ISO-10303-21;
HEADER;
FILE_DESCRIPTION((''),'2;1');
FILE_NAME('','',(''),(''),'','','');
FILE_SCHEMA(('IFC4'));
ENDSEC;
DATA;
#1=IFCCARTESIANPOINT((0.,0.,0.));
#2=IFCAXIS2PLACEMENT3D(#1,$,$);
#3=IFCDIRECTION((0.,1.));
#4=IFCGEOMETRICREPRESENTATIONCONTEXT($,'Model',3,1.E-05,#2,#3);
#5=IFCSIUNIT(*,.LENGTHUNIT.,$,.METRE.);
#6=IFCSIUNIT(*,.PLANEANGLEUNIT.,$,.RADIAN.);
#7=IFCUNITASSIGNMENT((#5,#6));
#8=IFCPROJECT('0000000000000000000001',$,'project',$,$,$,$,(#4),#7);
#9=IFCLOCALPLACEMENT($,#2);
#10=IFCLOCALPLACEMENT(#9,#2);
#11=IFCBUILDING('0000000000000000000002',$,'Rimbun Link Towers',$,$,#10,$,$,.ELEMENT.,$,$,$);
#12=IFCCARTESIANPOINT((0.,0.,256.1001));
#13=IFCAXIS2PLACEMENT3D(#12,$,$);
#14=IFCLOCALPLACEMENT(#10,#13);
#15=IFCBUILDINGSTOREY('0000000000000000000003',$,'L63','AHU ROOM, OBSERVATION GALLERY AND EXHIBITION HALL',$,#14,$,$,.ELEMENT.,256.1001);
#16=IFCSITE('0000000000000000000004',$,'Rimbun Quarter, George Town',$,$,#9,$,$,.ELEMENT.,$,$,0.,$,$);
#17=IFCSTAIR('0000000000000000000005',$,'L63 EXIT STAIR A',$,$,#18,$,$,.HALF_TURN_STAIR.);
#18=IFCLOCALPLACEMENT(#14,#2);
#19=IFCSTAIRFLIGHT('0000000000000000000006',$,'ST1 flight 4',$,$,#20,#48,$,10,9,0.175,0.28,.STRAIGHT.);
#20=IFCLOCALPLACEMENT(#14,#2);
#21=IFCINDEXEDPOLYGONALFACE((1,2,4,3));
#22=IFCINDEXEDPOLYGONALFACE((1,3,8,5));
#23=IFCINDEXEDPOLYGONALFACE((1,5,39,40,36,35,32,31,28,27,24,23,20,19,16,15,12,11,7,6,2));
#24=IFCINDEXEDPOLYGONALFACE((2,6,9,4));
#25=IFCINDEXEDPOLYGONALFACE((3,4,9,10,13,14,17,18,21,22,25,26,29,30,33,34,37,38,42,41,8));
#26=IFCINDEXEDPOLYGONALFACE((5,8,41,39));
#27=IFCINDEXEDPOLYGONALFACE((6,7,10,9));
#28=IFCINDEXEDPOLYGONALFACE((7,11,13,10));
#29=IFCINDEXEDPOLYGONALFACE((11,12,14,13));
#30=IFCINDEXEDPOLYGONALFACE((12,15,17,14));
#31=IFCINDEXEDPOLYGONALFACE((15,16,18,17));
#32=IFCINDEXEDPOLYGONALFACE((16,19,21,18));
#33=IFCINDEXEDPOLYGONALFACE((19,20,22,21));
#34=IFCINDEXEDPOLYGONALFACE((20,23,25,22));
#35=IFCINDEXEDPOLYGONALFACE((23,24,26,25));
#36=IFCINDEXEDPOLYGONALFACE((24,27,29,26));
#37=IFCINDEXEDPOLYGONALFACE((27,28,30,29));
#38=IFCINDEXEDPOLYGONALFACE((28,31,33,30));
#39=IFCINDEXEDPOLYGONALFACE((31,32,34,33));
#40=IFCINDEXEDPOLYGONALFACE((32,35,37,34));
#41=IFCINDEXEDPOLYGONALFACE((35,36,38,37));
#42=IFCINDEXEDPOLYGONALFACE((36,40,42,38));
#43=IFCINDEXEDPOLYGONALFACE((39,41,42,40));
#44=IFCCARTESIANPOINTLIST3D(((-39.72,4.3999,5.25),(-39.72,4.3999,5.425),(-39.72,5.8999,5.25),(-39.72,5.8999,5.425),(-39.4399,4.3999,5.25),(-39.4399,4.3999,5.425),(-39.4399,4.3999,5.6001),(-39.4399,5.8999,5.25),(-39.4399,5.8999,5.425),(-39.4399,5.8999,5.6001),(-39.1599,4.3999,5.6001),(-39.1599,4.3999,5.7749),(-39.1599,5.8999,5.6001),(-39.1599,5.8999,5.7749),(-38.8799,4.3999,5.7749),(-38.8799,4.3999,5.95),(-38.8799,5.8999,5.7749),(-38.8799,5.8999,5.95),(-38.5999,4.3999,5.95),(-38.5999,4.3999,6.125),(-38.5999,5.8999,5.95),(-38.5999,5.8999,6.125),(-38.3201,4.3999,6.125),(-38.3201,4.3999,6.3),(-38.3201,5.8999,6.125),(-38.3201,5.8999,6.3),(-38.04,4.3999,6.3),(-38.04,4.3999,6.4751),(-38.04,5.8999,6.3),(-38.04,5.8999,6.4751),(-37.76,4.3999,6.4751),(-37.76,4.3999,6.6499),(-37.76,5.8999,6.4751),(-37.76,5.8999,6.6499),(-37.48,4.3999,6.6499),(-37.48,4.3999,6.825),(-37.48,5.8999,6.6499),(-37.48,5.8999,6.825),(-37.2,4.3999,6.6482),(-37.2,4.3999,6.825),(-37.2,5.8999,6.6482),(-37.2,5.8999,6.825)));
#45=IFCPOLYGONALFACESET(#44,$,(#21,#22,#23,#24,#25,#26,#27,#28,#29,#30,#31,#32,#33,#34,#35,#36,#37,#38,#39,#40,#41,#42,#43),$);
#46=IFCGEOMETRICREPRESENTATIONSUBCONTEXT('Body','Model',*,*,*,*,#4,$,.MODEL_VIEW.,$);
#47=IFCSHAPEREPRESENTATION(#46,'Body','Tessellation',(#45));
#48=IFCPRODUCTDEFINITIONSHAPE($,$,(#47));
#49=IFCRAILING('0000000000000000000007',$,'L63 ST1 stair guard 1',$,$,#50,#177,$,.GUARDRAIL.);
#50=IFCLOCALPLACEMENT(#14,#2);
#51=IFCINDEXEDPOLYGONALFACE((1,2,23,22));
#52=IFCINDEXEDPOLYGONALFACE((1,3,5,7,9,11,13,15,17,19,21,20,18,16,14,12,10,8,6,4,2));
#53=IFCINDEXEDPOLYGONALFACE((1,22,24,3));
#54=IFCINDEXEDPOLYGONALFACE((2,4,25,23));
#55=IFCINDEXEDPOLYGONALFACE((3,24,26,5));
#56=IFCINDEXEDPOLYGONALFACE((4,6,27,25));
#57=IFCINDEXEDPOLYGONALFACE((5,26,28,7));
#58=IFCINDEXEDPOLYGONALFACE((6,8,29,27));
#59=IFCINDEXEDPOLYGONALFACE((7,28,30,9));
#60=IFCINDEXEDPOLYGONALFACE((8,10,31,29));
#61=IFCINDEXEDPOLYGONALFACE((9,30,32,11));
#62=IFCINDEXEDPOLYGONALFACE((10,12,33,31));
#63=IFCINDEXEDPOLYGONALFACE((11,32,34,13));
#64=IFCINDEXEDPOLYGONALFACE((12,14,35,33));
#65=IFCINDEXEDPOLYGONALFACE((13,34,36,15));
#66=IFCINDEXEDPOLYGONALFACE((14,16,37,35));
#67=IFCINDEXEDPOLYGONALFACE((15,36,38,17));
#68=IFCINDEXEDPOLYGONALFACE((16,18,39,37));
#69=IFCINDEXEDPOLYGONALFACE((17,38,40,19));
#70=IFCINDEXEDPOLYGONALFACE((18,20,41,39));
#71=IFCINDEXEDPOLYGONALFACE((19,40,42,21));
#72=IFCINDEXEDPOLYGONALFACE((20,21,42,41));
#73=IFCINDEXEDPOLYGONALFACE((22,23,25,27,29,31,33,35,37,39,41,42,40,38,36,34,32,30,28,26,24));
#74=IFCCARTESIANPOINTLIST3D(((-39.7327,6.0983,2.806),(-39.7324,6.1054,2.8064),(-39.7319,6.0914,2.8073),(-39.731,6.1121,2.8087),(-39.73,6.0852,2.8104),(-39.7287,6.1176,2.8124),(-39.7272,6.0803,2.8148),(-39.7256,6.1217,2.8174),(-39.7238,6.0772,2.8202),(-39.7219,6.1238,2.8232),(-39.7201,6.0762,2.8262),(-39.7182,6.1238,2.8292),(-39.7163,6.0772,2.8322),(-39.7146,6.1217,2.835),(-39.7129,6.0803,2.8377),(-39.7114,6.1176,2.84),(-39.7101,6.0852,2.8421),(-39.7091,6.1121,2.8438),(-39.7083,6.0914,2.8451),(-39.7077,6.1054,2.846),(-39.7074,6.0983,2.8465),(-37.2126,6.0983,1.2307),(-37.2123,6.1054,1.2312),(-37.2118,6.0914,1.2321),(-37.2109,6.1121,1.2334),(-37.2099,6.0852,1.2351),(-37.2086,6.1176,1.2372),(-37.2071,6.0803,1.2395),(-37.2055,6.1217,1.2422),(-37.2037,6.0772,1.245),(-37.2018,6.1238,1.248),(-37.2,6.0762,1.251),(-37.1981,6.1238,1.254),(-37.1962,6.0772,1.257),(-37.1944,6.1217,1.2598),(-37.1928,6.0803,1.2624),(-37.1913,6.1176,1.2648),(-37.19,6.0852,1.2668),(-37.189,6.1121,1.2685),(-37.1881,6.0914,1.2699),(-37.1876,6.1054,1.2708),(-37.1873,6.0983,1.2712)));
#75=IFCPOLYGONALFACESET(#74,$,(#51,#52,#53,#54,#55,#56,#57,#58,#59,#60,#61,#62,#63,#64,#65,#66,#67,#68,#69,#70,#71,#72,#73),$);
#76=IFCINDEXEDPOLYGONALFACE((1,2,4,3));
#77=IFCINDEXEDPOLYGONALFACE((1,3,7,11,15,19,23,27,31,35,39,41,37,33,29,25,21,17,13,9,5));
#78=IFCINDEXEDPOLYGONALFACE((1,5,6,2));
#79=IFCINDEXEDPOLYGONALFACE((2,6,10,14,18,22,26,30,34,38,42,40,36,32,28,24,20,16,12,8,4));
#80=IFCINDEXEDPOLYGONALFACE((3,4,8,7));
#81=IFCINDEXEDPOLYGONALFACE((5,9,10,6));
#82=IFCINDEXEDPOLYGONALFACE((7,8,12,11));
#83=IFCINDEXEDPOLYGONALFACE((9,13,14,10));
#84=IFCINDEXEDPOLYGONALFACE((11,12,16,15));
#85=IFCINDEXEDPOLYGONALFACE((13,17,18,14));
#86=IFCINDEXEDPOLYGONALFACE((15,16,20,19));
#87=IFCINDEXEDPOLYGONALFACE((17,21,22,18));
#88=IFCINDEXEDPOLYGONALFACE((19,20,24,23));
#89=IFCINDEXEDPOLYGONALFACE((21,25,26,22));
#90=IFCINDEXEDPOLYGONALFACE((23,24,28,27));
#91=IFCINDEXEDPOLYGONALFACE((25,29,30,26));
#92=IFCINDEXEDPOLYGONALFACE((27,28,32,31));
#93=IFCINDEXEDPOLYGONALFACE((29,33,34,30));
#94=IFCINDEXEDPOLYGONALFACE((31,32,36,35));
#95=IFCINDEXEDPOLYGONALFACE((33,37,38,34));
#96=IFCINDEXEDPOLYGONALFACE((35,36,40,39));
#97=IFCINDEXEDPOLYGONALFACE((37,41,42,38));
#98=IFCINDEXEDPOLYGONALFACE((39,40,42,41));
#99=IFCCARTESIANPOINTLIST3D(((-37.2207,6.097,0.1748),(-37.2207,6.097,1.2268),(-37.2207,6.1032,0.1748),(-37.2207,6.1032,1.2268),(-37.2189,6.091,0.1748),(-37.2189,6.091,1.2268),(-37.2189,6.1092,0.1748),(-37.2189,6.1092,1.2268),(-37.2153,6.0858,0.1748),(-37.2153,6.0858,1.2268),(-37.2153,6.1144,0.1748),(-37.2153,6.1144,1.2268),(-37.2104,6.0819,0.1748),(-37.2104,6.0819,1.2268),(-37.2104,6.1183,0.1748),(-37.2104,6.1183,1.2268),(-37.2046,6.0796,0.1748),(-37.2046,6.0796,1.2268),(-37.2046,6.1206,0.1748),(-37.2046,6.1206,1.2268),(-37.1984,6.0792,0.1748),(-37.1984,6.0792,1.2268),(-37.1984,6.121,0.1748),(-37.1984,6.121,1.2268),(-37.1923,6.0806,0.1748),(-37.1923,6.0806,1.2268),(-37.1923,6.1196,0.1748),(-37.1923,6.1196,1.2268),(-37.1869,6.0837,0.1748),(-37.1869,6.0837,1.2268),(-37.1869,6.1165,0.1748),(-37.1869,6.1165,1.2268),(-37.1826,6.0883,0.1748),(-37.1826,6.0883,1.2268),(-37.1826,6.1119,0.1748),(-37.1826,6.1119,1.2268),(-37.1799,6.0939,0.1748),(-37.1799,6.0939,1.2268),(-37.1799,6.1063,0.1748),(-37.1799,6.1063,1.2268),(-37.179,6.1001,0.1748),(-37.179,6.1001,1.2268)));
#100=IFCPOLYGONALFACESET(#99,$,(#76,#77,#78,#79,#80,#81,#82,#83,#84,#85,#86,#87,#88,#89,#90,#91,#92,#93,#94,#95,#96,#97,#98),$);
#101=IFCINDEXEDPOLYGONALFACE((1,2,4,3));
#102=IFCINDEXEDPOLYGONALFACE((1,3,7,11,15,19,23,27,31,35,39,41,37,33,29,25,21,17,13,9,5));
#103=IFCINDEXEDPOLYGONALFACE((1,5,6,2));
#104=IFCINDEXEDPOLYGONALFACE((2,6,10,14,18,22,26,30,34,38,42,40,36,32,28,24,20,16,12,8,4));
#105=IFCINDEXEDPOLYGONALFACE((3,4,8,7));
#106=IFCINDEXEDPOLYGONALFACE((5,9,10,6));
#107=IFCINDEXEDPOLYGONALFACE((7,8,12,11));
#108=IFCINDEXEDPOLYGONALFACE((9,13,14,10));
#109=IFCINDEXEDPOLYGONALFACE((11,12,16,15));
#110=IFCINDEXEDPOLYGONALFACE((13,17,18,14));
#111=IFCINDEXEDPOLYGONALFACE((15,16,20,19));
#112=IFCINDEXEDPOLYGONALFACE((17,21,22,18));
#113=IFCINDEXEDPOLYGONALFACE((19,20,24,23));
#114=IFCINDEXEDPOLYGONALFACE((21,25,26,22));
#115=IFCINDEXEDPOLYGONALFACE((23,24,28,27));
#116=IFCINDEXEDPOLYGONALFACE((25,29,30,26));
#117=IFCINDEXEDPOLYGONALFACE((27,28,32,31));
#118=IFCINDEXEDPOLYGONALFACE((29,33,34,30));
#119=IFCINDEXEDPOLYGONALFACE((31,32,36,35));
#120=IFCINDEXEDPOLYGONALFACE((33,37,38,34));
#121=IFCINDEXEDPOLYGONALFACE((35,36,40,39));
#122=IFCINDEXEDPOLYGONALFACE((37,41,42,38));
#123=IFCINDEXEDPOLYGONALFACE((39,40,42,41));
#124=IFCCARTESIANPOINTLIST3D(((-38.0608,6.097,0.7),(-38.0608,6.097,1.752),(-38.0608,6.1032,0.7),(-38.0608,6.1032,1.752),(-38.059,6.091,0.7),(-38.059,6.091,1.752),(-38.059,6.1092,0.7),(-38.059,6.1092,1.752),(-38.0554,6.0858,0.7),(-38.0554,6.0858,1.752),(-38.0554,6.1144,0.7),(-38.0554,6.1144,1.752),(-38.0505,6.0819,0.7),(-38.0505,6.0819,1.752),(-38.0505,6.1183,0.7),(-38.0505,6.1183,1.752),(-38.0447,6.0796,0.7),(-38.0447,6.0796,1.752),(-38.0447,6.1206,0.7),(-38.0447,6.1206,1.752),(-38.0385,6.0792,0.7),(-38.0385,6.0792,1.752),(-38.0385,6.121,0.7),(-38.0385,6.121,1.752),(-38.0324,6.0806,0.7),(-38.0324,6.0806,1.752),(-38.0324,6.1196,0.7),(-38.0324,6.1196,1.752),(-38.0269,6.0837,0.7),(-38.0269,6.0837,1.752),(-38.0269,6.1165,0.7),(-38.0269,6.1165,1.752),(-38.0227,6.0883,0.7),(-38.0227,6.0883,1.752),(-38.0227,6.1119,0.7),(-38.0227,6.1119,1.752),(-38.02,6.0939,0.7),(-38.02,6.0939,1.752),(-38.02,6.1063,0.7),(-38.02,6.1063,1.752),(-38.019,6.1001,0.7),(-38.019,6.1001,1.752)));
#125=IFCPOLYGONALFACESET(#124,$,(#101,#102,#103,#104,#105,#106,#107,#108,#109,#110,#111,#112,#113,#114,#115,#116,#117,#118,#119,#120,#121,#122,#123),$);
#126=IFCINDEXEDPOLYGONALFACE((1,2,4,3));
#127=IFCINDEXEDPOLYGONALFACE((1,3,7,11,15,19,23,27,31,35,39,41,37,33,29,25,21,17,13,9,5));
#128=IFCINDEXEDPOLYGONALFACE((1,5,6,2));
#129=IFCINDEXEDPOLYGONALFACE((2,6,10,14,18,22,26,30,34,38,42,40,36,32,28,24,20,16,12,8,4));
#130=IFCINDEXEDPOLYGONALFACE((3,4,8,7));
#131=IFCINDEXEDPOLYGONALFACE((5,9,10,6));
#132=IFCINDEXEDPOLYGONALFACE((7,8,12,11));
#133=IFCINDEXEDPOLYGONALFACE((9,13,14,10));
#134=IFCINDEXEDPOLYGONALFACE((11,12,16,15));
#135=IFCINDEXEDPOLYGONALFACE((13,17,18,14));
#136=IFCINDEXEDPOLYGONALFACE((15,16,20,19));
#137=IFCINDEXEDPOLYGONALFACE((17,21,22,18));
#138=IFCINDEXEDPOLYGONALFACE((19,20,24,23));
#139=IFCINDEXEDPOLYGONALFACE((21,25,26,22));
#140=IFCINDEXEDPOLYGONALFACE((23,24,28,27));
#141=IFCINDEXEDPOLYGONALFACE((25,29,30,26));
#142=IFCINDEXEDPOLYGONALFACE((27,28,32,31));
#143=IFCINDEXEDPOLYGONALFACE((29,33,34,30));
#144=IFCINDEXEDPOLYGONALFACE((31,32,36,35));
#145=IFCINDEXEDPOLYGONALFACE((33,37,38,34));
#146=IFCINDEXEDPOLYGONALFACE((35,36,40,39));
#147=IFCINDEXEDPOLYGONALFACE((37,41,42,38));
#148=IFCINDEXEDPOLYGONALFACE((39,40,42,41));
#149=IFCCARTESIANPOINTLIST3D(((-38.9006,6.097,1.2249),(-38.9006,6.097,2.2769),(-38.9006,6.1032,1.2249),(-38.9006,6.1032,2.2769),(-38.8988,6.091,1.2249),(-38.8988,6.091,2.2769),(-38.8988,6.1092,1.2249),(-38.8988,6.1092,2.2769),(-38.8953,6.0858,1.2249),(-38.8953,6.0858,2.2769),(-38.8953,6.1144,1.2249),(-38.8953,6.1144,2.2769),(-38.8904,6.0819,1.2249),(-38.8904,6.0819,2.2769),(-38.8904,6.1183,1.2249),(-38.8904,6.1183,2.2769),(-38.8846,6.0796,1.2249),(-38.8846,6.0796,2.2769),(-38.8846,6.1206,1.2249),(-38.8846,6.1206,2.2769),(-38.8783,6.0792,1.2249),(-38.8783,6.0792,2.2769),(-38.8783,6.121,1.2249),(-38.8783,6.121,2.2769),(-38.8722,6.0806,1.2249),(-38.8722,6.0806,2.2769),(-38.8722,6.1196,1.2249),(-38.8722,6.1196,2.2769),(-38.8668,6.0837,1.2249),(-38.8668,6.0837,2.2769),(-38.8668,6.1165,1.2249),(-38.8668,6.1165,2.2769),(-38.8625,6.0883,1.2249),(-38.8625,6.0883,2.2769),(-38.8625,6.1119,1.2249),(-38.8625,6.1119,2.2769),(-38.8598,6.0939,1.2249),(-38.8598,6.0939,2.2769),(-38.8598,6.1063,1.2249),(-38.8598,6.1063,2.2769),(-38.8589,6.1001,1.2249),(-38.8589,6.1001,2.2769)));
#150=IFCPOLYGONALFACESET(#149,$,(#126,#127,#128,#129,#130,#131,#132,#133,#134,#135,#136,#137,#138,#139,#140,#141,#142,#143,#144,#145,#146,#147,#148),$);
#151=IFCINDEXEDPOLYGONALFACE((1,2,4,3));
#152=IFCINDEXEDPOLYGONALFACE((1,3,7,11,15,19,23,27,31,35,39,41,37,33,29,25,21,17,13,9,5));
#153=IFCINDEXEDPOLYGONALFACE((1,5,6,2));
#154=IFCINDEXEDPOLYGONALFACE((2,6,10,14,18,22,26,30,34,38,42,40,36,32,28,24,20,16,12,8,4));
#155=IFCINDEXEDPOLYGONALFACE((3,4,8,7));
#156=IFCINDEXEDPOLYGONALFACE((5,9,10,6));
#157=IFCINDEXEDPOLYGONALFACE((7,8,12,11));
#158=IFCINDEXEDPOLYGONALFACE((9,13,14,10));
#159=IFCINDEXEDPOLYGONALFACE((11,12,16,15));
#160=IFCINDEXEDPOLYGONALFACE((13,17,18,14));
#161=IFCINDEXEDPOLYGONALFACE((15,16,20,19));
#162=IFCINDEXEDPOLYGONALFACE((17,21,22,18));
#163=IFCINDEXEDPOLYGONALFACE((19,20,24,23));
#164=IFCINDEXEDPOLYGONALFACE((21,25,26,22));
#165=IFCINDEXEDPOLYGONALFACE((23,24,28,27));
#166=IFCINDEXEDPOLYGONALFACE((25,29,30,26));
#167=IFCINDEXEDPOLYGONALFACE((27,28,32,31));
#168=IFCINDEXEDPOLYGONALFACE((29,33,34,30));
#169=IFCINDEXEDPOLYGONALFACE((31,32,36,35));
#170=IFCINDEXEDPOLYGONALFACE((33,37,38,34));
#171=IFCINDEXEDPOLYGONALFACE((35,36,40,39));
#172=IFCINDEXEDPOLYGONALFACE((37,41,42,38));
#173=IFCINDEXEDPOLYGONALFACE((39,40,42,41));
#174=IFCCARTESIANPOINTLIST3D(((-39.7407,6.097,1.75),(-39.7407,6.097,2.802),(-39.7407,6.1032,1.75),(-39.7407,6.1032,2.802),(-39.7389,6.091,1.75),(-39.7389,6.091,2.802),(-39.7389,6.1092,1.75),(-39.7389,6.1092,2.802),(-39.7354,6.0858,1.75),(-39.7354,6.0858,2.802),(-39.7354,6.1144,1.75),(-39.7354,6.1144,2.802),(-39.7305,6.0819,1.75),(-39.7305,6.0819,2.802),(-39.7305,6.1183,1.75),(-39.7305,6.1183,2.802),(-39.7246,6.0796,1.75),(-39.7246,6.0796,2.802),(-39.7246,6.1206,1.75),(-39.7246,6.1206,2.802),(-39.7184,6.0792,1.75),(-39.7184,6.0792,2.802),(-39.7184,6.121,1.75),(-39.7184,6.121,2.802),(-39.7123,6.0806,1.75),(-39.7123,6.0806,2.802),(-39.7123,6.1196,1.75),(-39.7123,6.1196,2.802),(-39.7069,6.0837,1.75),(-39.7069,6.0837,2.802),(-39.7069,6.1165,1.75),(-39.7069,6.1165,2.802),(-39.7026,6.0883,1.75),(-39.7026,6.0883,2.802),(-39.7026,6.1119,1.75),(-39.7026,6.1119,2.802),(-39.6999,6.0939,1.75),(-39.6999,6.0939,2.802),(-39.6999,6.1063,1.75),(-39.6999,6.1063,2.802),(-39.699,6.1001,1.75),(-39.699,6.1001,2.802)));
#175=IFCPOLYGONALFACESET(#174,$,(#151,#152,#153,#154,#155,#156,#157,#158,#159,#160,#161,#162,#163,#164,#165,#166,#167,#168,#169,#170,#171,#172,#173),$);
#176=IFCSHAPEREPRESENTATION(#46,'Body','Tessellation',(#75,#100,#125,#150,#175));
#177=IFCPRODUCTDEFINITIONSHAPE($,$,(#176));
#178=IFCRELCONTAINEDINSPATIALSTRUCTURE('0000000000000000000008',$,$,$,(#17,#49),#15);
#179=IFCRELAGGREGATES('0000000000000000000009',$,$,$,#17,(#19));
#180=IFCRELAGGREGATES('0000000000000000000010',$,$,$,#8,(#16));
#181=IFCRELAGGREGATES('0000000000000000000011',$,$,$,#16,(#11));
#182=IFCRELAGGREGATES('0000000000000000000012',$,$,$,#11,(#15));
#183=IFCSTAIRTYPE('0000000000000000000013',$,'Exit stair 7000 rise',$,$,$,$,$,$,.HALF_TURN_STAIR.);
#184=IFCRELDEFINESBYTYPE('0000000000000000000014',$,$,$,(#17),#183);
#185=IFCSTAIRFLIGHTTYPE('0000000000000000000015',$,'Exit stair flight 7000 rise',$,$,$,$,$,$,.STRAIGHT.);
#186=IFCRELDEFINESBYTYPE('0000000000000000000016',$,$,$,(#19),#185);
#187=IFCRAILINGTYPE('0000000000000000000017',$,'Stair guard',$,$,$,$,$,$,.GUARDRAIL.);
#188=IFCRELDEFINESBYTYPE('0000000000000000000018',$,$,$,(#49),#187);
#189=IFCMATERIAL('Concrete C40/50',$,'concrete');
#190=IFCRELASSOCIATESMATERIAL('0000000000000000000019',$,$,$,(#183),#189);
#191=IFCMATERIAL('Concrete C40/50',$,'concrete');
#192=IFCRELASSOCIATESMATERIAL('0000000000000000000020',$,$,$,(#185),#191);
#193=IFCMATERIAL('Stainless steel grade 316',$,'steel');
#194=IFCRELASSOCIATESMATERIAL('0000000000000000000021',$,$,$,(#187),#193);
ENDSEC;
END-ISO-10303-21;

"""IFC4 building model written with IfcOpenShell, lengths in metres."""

from ifc_helpers import new_model, si_unit, direction, frame, origin, origin_2d, place, context, subcontext, project, spatial, polyline, circle, outline, extrude, material, type_object, element, aggregate, save


model = new_model("IFC4")

# Units and contexts
model_context = context("Model", 3, precision=1e-05, world=origin(), true_north=direction((0.0, 1.0)))
body_context = subcontext(model_context, "Body", "Model", "MODEL_VIEW")
ifc_project = project(units=[si_unit("LENGTHUNIT", "METRE"), si_unit("PLANEANGLEUNIT", "RADIAN")], contexts=[model_context])

# Site, building, storey
site_placement = place(None, origin())
site = spatial("IfcSite", under=ifc_project, at=site_placement, Name="Rimbun Quarter, George Town", CompositionType="ELEMENT", RefElevation=0.0)
building_placement = place(site_placement, origin())
building = spatial("IfcBuilding", under=site, at=building_placement, Name="Rimbun Link Towers", CompositionType="ELEMENT")
storey_placement = place(building_placement, frame((0.0, 0.0, 256.1001)))
storey = spatial("IfcBuildingStorey", under=building, at=storey_placement, Name="L63", Description="AHU ROOM, OBSERVATION GALLERY AND EXHIBITION HALL", CompositionType="ELEMENT", Elevation=256.1001)

# Stair, stair flight
ifc_material_1 = material(Name="Concrete C40/50", Category="concrete")
stair_type = type_object("IfcStairType", Name="Exit stair 7000 rise", PredefinedType="HALF_TURN_STAIR", material=ifc_material_1)
stair_placement = place(storey_placement, origin())
stair = element("IfcStair", 1, at=stair_placement, inside=storey, type_object=stair_type, Name="L63 EXIT STAIR A", PredefinedType="HALF_TURN_STAIR")
ifc_material_2 = material(Name="Concrete C40/50", Category="concrete")
stair_flight_type = type_object("IfcStairFlightType", Name="Exit stair flight 7000 rise", PredefinedType="STRAIGHT", material=ifc_material_2)
stair_flight_1_placement = place(storey_placement, frame((-39.72, 5.1499, 5.25), z_axis=(0.0, 0.0, 1.0), x_axis=(1.0, 0.0, 0.0)))
stair_flight_1 = element("IfcStairFlight", 2, at=stair_flight_1_placement, type_object=stair_flight_type, Name="ST1 flight 4", NumberOfRisers=10, NumberOfTreads=9, PredefinedType="STRAIGHT", RiserHeight=0.175, TreadLength=0.28, context=body_context, shape_type="SweptSolid", body=[
    extrude(outline(polyline([(0.0, 0.0), (0.0, 0.175), (0.28, 0.175), (0.28, 0.3501), (0.5601, 0.3501), (0.5601, 0.5249), (0.8401, 0.5249), (0.8401, 0.7), (1.1201, 0.7), (1.1201, 0.875), (1.3999, 0.875), (1.3999, 1.05), (1.6799, 1.05), (1.6799, 1.2251), (1.96, 1.2251), (1.96, 1.3999), (2.24, 1.3999), (2.24, 1.575), (2.52, 1.575), (2.52, 1.75), (2.52, 1.3982), (0.28, 0.0), (0.0, 0.0)])), frame((0.0, 0.75, 0.0), z_axis=(0.0, -1.0, 0.0), x_axis=(1.0, 0.0, 0.0)), (0.0, 0.0, 1.0), 1.5),
])
aggregate(stair, [stair_flight_1])

# Railing
ifc_material_3 = material(Name="Stainless steel grade 316", Category="steel")
railing_type_1 = type_object("IfcRailingType", Name="Stair guard", PredefinedType="GUARDRAIL", material=ifc_material_3)
railing_1_placement = place(storey_placement, frame((-37.2, 6.1001, 0.1748)))
element("IfcRailing", 3, at=railing_1_placement, inside=storey, type_object=railing_type_1, Name="L63 ST1 stair guard 1", PredefinedType="GUARDRAIL", context=body_context, shape_type="SweptSolid", body=[
    extrude(circle(Radius=0.0239, at=origin_2d()), frame((0.0, 0.0, 1.0762), z_axis=(-0.847971, 0.0, 0.530043), x_axis=(0.0, -1.0, 0.0)), (0.0, 0.0, 1.0), 2.9719),
    extrude(circle(Radius=0.021, at=origin_2d()), origin(), (0.0, 0.0, 1.0), 1.052),
    extrude(circle(Radius=0.021, at=origin_2d()), frame((-0.8401, 0.0, 0.5251)), (0.0, 0.0, 1.0), 1.052),
    extrude(circle(Radius=0.021, at=origin_2d()), frame((-1.6799, 0.0, 1.05)), (0.0, 0.0, 1.0), 1.052),
    extrude(circle(Radius=0.021, at=origin_2d()), frame((-2.52, 0.0, 1.5752)), (0.0, 0.0, 1.0), 1.052),
])

save(model, "model.ifc")
